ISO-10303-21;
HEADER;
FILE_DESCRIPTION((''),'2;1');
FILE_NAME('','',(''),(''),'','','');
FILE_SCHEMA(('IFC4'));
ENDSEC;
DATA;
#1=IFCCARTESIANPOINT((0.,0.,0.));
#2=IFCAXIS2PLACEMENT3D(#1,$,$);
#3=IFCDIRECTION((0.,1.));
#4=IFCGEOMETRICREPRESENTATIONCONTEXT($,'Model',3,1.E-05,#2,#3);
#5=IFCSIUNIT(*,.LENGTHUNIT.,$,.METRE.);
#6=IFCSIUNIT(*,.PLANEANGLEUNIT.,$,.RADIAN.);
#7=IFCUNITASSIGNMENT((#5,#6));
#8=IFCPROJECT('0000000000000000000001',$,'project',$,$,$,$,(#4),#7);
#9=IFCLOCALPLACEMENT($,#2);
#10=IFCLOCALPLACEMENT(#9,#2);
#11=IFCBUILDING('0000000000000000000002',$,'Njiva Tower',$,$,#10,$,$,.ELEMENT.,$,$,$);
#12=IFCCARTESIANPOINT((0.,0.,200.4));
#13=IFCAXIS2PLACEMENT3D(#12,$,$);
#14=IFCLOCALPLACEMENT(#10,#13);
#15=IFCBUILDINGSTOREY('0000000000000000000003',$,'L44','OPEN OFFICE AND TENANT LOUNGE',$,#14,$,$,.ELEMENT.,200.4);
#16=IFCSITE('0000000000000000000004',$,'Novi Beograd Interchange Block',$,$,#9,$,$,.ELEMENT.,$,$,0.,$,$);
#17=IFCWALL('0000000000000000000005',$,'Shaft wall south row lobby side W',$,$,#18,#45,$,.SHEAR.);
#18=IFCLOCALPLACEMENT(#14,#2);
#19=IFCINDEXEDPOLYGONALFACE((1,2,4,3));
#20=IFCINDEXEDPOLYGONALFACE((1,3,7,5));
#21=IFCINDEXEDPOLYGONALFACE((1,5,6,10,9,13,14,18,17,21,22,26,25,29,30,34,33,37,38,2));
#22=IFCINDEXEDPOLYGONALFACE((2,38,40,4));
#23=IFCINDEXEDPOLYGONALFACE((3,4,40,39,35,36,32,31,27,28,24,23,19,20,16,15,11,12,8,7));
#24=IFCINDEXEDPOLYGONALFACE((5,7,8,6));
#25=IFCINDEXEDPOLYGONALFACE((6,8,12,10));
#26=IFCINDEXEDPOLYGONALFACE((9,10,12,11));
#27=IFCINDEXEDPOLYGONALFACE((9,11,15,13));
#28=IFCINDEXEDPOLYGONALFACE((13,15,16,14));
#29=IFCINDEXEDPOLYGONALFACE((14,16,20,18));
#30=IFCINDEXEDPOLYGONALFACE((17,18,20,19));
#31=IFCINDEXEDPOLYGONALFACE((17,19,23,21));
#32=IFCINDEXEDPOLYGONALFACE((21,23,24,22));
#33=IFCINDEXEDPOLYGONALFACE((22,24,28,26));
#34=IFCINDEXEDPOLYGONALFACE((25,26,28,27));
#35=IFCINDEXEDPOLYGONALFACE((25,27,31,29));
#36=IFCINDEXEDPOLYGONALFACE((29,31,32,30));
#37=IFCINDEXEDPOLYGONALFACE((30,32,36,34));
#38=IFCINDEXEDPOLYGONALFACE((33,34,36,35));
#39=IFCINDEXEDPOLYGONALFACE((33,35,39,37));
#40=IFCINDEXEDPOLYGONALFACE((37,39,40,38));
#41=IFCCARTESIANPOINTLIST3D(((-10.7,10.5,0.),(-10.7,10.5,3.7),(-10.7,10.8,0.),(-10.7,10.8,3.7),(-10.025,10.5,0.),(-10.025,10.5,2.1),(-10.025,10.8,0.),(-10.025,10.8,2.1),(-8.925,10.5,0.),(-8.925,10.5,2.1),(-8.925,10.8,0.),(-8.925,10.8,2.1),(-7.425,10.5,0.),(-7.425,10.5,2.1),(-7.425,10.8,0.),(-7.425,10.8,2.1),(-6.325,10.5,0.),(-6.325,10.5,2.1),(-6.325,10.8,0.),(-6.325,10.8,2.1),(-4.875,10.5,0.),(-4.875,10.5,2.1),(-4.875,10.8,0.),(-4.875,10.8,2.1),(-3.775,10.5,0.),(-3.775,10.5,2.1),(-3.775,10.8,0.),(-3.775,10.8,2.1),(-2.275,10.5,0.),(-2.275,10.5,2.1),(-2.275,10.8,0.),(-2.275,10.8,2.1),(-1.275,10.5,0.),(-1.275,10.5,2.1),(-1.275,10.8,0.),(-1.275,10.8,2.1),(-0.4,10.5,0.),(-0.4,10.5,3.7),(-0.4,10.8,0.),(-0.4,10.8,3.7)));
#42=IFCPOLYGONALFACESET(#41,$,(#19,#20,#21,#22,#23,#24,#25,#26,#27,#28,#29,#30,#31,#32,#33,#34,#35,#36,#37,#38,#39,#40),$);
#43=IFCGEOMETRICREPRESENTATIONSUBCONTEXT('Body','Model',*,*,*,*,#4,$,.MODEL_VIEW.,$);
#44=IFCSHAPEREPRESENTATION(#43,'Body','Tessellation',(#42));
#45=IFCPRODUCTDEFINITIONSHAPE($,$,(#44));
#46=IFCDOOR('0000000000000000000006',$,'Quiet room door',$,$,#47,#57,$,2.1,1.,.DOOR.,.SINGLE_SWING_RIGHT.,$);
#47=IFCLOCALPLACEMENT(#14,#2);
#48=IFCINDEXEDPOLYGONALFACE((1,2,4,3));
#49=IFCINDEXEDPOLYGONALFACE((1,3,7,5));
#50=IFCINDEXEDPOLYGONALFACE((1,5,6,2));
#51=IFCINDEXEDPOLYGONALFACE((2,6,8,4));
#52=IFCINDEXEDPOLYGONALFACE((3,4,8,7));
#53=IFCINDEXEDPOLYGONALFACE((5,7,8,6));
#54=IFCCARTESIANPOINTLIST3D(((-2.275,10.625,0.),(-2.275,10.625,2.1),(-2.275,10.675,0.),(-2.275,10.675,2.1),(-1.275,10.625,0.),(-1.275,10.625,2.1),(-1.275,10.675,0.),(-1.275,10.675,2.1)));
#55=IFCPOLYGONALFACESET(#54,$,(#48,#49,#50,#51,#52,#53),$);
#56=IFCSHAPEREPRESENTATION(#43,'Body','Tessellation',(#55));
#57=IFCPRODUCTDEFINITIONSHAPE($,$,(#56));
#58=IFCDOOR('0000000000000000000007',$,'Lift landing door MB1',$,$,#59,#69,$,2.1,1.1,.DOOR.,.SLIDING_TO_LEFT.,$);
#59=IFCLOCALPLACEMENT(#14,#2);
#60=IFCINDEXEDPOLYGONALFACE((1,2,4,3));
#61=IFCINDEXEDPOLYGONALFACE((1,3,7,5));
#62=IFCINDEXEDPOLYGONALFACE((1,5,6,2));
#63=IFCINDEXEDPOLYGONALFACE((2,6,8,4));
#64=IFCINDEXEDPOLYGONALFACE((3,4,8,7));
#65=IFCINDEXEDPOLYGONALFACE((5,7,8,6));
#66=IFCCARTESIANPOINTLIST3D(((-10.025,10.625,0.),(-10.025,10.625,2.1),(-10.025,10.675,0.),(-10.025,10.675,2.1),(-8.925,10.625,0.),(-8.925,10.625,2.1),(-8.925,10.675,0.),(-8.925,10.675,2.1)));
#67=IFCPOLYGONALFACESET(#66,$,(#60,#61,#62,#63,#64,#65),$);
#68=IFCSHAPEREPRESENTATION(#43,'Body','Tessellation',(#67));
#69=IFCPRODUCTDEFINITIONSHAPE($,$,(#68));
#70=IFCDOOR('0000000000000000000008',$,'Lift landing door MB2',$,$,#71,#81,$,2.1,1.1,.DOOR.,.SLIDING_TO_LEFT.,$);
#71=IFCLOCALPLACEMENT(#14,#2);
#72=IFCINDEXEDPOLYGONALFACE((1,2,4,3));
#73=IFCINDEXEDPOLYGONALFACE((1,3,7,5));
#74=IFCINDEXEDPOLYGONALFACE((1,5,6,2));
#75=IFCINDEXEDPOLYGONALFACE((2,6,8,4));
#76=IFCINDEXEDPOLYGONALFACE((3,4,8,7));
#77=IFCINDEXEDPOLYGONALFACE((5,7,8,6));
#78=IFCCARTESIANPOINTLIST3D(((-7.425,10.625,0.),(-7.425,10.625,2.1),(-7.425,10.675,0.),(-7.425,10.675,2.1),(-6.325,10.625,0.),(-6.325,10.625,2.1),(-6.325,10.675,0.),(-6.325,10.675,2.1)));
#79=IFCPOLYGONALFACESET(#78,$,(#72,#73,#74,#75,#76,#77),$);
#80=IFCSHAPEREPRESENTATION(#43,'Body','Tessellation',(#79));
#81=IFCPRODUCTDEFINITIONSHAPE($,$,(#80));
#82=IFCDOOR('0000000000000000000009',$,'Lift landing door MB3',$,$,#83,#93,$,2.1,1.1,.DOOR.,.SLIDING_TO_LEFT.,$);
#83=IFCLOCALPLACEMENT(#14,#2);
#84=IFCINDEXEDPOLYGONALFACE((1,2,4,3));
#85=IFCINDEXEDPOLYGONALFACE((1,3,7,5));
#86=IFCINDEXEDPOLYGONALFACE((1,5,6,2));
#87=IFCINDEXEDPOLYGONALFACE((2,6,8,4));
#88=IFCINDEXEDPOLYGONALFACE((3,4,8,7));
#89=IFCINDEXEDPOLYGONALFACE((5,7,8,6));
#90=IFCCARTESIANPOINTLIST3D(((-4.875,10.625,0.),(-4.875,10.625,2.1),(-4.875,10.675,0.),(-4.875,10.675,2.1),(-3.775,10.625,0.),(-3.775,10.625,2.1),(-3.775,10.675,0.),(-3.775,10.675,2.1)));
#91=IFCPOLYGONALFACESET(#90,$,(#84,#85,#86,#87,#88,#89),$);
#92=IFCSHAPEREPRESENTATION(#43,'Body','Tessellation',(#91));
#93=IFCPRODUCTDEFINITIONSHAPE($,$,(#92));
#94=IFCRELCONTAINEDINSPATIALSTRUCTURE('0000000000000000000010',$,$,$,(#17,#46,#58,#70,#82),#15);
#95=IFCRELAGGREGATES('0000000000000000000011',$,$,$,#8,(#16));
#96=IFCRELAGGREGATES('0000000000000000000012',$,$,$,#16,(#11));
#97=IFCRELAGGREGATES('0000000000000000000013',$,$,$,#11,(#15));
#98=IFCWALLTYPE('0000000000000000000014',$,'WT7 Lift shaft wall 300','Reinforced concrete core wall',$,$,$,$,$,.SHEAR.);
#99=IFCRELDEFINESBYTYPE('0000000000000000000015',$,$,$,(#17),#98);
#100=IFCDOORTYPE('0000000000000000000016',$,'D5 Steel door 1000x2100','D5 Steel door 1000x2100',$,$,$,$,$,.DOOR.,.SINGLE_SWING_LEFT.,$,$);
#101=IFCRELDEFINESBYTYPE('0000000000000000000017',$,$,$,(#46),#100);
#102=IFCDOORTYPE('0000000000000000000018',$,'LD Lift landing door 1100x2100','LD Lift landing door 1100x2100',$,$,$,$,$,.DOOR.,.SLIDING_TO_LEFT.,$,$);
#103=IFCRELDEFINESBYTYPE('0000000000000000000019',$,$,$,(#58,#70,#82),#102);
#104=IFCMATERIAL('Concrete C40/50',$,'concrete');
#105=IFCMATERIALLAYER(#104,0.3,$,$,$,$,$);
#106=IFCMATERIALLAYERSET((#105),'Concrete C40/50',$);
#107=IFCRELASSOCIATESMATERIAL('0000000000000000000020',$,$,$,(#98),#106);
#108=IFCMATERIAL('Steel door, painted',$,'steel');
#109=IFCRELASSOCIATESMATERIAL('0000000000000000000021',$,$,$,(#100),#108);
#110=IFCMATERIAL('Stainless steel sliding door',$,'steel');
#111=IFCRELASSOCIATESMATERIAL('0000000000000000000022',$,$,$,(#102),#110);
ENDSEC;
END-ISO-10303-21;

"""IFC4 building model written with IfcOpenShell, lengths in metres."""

from ifc_helpers import new_model, si_unit, direction, frame, frame_2d, origin, place, context, subcontext, project, spatial, rectangle, extrude, material, layer, layer_set, type_object, element, fill, save


model = new_model("IFC4")

# Units and contexts
model_context = context("Model", 3, precision=1e-05, world=origin(), true_north=direction((0.0, 1.0)))
body_context = subcontext(model_context, "Body", "Model", "MODEL_VIEW")
ifc_project = project(units=[si_unit("LENGTHUNIT", "METRE"), si_unit("PLANEANGLEUNIT", "RADIAN")], contexts=[model_context])

# Site, building, storey
site_placement = place(None, origin())
site = spatial("IfcSite", under=ifc_project, at=site_placement, Name="Novi Beograd Interchange Block", CompositionType="ELEMENT", RefElevation=0.0)
building_placement = place(site_placement, origin())
building = spatial("IfcBuilding", under=site, at=building_placement, Name="Njiva Tower", CompositionType="ELEMENT")
storey_placement = place(building_placement, frame((0.0, 0.0, 200.4)))
storey = spatial("IfcBuildingStorey", under=building, at=storey_placement, Name="L44", Description="OPEN OFFICE AND TENANT LOUNGE", CompositionType="ELEMENT", Elevation=200.4)

# Wall, openings, doors
ifc_material_1 = material(Name="Concrete C40/50", Category="concrete")
ifc_layer = layer(ifc_material_1, 0.3)
ifc_layer_set = layer_set([ifc_layer], Name="Concrete C40/50")
wall_type = type_object("IfcWallType", Name="WT7 Lift shaft wall 300", Description="Reinforced concrete core wall", PredefinedType="SHEAR", material=ifc_layer_set)
ifc_material_2 = material(Name="Steel door, painted", Category="steel")
door_type_1 = type_object("IfcDoorType", Name="D5 Steel door 1000x2100", Description="D5 Steel door 1000x2100", OperationType="SINGLE_SWING_LEFT", PredefinedType="DOOR", material=ifc_material_2)
ifc_material_3 = material(Name="Stainless steel sliding door", Category="steel")
door_type_2 = type_object("IfcDoorType", Name="LD Lift landing door 1100x2100", Description="LD Lift landing door 1100x2100", OperationType="SLIDING_TO_LEFT", PredefinedType="DOOR", material=ifc_material_3)
wall_1_placement = place(storey_placement, frame((-10.7, 10.65, 0.0), z_axis=(0.0, 0.0, 1.0), x_axis=(1.0, 0.0, 0.0)))
wall_1 = element("IfcWall", 1, at=wall_1_placement, inside=storey, type_object=wall_type, Name="Shaft wall south row lobby side W", PredefinedType="SHEAR", context=body_context, shape_type="SweptSolid", body=[
    extrude(rectangle(XDim=10.3, YDim=0.3, at=frame_2d((5.15, 0.0))), origin(), (0.0, 0.0, 1.0), 3.7),
])
opening_1_placement = place(wall_1_placement, frame((0.675, 0.0, 0.0)))
opening_1 = element("IfcOpeningElement", 2, at=opening_1_placement, cuts=wall_1, PredefinedType="OPENING", context=body_context, shape_type="SweptSolid", body=[
    extrude(rectangle(XDim=1.1, YDim=2.1, at=frame_2d((0.55, 1.05))), frame((0.0, 0.16, 0.0), z_axis=(0.0, -1.0, 0.0), x_axis=(1.0, 0.0, 0.0)), (0.0, 0.0, 1.0), 0.32),
])
opening_2_placement = place(wall_1_placement, frame((3.275, 0.0, 0.0)))
opening_2 = element("IfcOpeningElement", 3, at=opening_2_placement, cuts=wall_1, PredefinedType="OPENING", context=body_context, shape_type="SweptSolid", body=[
    extrude(rectangle(XDim=1.1, YDim=2.1, at=frame_2d((0.55, 1.05))), frame((0.0, 0.16, 0.0), z_axis=(0.0, -1.0, 0.0), x_axis=(1.0, 0.0, 0.0)), (0.0, 0.0, 1.0), 0.32),
])
opening_3_placement = place(wall_1_placement, frame((5.825, 0.0, 0.0)))
opening_3 = element("IfcOpeningElement", 4, at=opening_3_placement, cuts=wall_1, PredefinedType="OPENING", context=body_context, shape_type="SweptSolid", body=[
    extrude(rectangle(XDim=1.1, YDim=2.1, at=frame_2d((0.55, 1.05))), frame((0.0, 0.16, 0.0), z_axis=(0.0, -1.0, 0.0), x_axis=(1.0, 0.0, 0.0)), (0.0, 0.0, 1.0), 0.32),
])
opening_4_placement = place(wall_1_placement, frame((8.425, 0.0, 0.0)))
opening_4 = element("IfcOpeningElement", 5, at=opening_4_placement, cuts=wall_1, PredefinedType="OPENING", context=body_context, shape_type="SweptSolid", body=[
    extrude(rectangle(XDim=1.0, YDim=2.1, at=frame_2d((0.5, 1.05))), frame((0.0, 0.16, 0.0), z_axis=(0.0, -1.0, 0.0), x_axis=(1.0, 0.0, 0.0)), (0.0, 0.0, 1.0), 0.32),
])
door_1_placement = place(opening_4_placement, origin())
door_1 = element("IfcDoor", 6, at=door_1_placement, inside=storey, type_object=door_type_1, Name="Quiet room door", OperationType="SINGLE_SWING_RIGHT", OverallHeight=2.1, OverallWidth=1.0, PredefinedType="DOOR", context=body_context, shape_type="SweptSolid", body=[
    extrude(rectangle(XDim=1.0, YDim=2.1, at=frame_2d((0.5, 1.05))), frame((0.0, 0.025, 0.0), z_axis=(0.0, -1.0, 0.0), x_axis=(1.0, 0.0, 0.0)), (0.0, 0.0, 1.0), 0.05),
])
fill(opening_4, door_1)
door_2_placement = place(opening_1_placement, origin())
door_2 = element("IfcDoor", 7, at=door_2_placement, inside=storey, type_object=door_type_2, Name="Lift landing door MB1", OperationType="SLIDING_TO_LEFT", OverallHeight=2.1, OverallWidth=1.1, PredefinedType="DOOR", context=body_context, shape_type="SweptSolid", body=[
    extrude(rectangle(XDim=1.1, YDim=2.1, at=frame_2d((0.55, 1.05))), frame((0.0, 0.025, 0.0), z_axis=(0.0, -1.0, 0.0), x_axis=(1.0, 0.0, 0.0)), (0.0, 0.0, 1.0), 0.05),
])
fill(opening_1, door_2)
door_3_placement = place(opening_2_placement, origin())
door_3 = element("IfcDoor", 8, at=door_3_placement, inside=storey, type_object=door_type_2, Name="Lift landing door MB2", OperationType="SLIDING_TO_LEFT", OverallHeight=2.1, OverallWidth=1.1, PredefinedType="DOOR", context=body_context, shape_type="SweptSolid", body=[
    extrude(rectangle(XDim=1.1, YDim=2.1, at=frame_2d((0.55, 1.05))), frame((0.0, 0.025, 0.0), z_axis=(0.0, -1.0, 0.0), x_axis=(1.0, 0.0, 0.0)), (0.0, 0.0, 1.0), 0.05),
])
fill(opening_2, door_3)
door_4_placement = place(opening_3_placement, origin())
door_4 = element("IfcDoor", 9, at=door_4_placement, inside=storey, type_object=door_type_2, Name="Lift landing door MB3", OperationType="SLIDING_TO_LEFT", OverallHeight=2.1, OverallWidth=1.1, PredefinedType="DOOR", context=body_context, shape_type="SweptSolid", body=[
    extrude(rectangle(XDim=1.1, YDim=2.1, at=frame_2d((0.55, 1.05))), frame((0.0, 0.025, 0.0), z_axis=(0.0, -1.0, 0.0), x_axis=(1.0, 0.0, 0.0)), (0.0, 0.0, 1.0), 0.05),
])
fill(opening_3, door_4)

save(model, "model.ifc")
